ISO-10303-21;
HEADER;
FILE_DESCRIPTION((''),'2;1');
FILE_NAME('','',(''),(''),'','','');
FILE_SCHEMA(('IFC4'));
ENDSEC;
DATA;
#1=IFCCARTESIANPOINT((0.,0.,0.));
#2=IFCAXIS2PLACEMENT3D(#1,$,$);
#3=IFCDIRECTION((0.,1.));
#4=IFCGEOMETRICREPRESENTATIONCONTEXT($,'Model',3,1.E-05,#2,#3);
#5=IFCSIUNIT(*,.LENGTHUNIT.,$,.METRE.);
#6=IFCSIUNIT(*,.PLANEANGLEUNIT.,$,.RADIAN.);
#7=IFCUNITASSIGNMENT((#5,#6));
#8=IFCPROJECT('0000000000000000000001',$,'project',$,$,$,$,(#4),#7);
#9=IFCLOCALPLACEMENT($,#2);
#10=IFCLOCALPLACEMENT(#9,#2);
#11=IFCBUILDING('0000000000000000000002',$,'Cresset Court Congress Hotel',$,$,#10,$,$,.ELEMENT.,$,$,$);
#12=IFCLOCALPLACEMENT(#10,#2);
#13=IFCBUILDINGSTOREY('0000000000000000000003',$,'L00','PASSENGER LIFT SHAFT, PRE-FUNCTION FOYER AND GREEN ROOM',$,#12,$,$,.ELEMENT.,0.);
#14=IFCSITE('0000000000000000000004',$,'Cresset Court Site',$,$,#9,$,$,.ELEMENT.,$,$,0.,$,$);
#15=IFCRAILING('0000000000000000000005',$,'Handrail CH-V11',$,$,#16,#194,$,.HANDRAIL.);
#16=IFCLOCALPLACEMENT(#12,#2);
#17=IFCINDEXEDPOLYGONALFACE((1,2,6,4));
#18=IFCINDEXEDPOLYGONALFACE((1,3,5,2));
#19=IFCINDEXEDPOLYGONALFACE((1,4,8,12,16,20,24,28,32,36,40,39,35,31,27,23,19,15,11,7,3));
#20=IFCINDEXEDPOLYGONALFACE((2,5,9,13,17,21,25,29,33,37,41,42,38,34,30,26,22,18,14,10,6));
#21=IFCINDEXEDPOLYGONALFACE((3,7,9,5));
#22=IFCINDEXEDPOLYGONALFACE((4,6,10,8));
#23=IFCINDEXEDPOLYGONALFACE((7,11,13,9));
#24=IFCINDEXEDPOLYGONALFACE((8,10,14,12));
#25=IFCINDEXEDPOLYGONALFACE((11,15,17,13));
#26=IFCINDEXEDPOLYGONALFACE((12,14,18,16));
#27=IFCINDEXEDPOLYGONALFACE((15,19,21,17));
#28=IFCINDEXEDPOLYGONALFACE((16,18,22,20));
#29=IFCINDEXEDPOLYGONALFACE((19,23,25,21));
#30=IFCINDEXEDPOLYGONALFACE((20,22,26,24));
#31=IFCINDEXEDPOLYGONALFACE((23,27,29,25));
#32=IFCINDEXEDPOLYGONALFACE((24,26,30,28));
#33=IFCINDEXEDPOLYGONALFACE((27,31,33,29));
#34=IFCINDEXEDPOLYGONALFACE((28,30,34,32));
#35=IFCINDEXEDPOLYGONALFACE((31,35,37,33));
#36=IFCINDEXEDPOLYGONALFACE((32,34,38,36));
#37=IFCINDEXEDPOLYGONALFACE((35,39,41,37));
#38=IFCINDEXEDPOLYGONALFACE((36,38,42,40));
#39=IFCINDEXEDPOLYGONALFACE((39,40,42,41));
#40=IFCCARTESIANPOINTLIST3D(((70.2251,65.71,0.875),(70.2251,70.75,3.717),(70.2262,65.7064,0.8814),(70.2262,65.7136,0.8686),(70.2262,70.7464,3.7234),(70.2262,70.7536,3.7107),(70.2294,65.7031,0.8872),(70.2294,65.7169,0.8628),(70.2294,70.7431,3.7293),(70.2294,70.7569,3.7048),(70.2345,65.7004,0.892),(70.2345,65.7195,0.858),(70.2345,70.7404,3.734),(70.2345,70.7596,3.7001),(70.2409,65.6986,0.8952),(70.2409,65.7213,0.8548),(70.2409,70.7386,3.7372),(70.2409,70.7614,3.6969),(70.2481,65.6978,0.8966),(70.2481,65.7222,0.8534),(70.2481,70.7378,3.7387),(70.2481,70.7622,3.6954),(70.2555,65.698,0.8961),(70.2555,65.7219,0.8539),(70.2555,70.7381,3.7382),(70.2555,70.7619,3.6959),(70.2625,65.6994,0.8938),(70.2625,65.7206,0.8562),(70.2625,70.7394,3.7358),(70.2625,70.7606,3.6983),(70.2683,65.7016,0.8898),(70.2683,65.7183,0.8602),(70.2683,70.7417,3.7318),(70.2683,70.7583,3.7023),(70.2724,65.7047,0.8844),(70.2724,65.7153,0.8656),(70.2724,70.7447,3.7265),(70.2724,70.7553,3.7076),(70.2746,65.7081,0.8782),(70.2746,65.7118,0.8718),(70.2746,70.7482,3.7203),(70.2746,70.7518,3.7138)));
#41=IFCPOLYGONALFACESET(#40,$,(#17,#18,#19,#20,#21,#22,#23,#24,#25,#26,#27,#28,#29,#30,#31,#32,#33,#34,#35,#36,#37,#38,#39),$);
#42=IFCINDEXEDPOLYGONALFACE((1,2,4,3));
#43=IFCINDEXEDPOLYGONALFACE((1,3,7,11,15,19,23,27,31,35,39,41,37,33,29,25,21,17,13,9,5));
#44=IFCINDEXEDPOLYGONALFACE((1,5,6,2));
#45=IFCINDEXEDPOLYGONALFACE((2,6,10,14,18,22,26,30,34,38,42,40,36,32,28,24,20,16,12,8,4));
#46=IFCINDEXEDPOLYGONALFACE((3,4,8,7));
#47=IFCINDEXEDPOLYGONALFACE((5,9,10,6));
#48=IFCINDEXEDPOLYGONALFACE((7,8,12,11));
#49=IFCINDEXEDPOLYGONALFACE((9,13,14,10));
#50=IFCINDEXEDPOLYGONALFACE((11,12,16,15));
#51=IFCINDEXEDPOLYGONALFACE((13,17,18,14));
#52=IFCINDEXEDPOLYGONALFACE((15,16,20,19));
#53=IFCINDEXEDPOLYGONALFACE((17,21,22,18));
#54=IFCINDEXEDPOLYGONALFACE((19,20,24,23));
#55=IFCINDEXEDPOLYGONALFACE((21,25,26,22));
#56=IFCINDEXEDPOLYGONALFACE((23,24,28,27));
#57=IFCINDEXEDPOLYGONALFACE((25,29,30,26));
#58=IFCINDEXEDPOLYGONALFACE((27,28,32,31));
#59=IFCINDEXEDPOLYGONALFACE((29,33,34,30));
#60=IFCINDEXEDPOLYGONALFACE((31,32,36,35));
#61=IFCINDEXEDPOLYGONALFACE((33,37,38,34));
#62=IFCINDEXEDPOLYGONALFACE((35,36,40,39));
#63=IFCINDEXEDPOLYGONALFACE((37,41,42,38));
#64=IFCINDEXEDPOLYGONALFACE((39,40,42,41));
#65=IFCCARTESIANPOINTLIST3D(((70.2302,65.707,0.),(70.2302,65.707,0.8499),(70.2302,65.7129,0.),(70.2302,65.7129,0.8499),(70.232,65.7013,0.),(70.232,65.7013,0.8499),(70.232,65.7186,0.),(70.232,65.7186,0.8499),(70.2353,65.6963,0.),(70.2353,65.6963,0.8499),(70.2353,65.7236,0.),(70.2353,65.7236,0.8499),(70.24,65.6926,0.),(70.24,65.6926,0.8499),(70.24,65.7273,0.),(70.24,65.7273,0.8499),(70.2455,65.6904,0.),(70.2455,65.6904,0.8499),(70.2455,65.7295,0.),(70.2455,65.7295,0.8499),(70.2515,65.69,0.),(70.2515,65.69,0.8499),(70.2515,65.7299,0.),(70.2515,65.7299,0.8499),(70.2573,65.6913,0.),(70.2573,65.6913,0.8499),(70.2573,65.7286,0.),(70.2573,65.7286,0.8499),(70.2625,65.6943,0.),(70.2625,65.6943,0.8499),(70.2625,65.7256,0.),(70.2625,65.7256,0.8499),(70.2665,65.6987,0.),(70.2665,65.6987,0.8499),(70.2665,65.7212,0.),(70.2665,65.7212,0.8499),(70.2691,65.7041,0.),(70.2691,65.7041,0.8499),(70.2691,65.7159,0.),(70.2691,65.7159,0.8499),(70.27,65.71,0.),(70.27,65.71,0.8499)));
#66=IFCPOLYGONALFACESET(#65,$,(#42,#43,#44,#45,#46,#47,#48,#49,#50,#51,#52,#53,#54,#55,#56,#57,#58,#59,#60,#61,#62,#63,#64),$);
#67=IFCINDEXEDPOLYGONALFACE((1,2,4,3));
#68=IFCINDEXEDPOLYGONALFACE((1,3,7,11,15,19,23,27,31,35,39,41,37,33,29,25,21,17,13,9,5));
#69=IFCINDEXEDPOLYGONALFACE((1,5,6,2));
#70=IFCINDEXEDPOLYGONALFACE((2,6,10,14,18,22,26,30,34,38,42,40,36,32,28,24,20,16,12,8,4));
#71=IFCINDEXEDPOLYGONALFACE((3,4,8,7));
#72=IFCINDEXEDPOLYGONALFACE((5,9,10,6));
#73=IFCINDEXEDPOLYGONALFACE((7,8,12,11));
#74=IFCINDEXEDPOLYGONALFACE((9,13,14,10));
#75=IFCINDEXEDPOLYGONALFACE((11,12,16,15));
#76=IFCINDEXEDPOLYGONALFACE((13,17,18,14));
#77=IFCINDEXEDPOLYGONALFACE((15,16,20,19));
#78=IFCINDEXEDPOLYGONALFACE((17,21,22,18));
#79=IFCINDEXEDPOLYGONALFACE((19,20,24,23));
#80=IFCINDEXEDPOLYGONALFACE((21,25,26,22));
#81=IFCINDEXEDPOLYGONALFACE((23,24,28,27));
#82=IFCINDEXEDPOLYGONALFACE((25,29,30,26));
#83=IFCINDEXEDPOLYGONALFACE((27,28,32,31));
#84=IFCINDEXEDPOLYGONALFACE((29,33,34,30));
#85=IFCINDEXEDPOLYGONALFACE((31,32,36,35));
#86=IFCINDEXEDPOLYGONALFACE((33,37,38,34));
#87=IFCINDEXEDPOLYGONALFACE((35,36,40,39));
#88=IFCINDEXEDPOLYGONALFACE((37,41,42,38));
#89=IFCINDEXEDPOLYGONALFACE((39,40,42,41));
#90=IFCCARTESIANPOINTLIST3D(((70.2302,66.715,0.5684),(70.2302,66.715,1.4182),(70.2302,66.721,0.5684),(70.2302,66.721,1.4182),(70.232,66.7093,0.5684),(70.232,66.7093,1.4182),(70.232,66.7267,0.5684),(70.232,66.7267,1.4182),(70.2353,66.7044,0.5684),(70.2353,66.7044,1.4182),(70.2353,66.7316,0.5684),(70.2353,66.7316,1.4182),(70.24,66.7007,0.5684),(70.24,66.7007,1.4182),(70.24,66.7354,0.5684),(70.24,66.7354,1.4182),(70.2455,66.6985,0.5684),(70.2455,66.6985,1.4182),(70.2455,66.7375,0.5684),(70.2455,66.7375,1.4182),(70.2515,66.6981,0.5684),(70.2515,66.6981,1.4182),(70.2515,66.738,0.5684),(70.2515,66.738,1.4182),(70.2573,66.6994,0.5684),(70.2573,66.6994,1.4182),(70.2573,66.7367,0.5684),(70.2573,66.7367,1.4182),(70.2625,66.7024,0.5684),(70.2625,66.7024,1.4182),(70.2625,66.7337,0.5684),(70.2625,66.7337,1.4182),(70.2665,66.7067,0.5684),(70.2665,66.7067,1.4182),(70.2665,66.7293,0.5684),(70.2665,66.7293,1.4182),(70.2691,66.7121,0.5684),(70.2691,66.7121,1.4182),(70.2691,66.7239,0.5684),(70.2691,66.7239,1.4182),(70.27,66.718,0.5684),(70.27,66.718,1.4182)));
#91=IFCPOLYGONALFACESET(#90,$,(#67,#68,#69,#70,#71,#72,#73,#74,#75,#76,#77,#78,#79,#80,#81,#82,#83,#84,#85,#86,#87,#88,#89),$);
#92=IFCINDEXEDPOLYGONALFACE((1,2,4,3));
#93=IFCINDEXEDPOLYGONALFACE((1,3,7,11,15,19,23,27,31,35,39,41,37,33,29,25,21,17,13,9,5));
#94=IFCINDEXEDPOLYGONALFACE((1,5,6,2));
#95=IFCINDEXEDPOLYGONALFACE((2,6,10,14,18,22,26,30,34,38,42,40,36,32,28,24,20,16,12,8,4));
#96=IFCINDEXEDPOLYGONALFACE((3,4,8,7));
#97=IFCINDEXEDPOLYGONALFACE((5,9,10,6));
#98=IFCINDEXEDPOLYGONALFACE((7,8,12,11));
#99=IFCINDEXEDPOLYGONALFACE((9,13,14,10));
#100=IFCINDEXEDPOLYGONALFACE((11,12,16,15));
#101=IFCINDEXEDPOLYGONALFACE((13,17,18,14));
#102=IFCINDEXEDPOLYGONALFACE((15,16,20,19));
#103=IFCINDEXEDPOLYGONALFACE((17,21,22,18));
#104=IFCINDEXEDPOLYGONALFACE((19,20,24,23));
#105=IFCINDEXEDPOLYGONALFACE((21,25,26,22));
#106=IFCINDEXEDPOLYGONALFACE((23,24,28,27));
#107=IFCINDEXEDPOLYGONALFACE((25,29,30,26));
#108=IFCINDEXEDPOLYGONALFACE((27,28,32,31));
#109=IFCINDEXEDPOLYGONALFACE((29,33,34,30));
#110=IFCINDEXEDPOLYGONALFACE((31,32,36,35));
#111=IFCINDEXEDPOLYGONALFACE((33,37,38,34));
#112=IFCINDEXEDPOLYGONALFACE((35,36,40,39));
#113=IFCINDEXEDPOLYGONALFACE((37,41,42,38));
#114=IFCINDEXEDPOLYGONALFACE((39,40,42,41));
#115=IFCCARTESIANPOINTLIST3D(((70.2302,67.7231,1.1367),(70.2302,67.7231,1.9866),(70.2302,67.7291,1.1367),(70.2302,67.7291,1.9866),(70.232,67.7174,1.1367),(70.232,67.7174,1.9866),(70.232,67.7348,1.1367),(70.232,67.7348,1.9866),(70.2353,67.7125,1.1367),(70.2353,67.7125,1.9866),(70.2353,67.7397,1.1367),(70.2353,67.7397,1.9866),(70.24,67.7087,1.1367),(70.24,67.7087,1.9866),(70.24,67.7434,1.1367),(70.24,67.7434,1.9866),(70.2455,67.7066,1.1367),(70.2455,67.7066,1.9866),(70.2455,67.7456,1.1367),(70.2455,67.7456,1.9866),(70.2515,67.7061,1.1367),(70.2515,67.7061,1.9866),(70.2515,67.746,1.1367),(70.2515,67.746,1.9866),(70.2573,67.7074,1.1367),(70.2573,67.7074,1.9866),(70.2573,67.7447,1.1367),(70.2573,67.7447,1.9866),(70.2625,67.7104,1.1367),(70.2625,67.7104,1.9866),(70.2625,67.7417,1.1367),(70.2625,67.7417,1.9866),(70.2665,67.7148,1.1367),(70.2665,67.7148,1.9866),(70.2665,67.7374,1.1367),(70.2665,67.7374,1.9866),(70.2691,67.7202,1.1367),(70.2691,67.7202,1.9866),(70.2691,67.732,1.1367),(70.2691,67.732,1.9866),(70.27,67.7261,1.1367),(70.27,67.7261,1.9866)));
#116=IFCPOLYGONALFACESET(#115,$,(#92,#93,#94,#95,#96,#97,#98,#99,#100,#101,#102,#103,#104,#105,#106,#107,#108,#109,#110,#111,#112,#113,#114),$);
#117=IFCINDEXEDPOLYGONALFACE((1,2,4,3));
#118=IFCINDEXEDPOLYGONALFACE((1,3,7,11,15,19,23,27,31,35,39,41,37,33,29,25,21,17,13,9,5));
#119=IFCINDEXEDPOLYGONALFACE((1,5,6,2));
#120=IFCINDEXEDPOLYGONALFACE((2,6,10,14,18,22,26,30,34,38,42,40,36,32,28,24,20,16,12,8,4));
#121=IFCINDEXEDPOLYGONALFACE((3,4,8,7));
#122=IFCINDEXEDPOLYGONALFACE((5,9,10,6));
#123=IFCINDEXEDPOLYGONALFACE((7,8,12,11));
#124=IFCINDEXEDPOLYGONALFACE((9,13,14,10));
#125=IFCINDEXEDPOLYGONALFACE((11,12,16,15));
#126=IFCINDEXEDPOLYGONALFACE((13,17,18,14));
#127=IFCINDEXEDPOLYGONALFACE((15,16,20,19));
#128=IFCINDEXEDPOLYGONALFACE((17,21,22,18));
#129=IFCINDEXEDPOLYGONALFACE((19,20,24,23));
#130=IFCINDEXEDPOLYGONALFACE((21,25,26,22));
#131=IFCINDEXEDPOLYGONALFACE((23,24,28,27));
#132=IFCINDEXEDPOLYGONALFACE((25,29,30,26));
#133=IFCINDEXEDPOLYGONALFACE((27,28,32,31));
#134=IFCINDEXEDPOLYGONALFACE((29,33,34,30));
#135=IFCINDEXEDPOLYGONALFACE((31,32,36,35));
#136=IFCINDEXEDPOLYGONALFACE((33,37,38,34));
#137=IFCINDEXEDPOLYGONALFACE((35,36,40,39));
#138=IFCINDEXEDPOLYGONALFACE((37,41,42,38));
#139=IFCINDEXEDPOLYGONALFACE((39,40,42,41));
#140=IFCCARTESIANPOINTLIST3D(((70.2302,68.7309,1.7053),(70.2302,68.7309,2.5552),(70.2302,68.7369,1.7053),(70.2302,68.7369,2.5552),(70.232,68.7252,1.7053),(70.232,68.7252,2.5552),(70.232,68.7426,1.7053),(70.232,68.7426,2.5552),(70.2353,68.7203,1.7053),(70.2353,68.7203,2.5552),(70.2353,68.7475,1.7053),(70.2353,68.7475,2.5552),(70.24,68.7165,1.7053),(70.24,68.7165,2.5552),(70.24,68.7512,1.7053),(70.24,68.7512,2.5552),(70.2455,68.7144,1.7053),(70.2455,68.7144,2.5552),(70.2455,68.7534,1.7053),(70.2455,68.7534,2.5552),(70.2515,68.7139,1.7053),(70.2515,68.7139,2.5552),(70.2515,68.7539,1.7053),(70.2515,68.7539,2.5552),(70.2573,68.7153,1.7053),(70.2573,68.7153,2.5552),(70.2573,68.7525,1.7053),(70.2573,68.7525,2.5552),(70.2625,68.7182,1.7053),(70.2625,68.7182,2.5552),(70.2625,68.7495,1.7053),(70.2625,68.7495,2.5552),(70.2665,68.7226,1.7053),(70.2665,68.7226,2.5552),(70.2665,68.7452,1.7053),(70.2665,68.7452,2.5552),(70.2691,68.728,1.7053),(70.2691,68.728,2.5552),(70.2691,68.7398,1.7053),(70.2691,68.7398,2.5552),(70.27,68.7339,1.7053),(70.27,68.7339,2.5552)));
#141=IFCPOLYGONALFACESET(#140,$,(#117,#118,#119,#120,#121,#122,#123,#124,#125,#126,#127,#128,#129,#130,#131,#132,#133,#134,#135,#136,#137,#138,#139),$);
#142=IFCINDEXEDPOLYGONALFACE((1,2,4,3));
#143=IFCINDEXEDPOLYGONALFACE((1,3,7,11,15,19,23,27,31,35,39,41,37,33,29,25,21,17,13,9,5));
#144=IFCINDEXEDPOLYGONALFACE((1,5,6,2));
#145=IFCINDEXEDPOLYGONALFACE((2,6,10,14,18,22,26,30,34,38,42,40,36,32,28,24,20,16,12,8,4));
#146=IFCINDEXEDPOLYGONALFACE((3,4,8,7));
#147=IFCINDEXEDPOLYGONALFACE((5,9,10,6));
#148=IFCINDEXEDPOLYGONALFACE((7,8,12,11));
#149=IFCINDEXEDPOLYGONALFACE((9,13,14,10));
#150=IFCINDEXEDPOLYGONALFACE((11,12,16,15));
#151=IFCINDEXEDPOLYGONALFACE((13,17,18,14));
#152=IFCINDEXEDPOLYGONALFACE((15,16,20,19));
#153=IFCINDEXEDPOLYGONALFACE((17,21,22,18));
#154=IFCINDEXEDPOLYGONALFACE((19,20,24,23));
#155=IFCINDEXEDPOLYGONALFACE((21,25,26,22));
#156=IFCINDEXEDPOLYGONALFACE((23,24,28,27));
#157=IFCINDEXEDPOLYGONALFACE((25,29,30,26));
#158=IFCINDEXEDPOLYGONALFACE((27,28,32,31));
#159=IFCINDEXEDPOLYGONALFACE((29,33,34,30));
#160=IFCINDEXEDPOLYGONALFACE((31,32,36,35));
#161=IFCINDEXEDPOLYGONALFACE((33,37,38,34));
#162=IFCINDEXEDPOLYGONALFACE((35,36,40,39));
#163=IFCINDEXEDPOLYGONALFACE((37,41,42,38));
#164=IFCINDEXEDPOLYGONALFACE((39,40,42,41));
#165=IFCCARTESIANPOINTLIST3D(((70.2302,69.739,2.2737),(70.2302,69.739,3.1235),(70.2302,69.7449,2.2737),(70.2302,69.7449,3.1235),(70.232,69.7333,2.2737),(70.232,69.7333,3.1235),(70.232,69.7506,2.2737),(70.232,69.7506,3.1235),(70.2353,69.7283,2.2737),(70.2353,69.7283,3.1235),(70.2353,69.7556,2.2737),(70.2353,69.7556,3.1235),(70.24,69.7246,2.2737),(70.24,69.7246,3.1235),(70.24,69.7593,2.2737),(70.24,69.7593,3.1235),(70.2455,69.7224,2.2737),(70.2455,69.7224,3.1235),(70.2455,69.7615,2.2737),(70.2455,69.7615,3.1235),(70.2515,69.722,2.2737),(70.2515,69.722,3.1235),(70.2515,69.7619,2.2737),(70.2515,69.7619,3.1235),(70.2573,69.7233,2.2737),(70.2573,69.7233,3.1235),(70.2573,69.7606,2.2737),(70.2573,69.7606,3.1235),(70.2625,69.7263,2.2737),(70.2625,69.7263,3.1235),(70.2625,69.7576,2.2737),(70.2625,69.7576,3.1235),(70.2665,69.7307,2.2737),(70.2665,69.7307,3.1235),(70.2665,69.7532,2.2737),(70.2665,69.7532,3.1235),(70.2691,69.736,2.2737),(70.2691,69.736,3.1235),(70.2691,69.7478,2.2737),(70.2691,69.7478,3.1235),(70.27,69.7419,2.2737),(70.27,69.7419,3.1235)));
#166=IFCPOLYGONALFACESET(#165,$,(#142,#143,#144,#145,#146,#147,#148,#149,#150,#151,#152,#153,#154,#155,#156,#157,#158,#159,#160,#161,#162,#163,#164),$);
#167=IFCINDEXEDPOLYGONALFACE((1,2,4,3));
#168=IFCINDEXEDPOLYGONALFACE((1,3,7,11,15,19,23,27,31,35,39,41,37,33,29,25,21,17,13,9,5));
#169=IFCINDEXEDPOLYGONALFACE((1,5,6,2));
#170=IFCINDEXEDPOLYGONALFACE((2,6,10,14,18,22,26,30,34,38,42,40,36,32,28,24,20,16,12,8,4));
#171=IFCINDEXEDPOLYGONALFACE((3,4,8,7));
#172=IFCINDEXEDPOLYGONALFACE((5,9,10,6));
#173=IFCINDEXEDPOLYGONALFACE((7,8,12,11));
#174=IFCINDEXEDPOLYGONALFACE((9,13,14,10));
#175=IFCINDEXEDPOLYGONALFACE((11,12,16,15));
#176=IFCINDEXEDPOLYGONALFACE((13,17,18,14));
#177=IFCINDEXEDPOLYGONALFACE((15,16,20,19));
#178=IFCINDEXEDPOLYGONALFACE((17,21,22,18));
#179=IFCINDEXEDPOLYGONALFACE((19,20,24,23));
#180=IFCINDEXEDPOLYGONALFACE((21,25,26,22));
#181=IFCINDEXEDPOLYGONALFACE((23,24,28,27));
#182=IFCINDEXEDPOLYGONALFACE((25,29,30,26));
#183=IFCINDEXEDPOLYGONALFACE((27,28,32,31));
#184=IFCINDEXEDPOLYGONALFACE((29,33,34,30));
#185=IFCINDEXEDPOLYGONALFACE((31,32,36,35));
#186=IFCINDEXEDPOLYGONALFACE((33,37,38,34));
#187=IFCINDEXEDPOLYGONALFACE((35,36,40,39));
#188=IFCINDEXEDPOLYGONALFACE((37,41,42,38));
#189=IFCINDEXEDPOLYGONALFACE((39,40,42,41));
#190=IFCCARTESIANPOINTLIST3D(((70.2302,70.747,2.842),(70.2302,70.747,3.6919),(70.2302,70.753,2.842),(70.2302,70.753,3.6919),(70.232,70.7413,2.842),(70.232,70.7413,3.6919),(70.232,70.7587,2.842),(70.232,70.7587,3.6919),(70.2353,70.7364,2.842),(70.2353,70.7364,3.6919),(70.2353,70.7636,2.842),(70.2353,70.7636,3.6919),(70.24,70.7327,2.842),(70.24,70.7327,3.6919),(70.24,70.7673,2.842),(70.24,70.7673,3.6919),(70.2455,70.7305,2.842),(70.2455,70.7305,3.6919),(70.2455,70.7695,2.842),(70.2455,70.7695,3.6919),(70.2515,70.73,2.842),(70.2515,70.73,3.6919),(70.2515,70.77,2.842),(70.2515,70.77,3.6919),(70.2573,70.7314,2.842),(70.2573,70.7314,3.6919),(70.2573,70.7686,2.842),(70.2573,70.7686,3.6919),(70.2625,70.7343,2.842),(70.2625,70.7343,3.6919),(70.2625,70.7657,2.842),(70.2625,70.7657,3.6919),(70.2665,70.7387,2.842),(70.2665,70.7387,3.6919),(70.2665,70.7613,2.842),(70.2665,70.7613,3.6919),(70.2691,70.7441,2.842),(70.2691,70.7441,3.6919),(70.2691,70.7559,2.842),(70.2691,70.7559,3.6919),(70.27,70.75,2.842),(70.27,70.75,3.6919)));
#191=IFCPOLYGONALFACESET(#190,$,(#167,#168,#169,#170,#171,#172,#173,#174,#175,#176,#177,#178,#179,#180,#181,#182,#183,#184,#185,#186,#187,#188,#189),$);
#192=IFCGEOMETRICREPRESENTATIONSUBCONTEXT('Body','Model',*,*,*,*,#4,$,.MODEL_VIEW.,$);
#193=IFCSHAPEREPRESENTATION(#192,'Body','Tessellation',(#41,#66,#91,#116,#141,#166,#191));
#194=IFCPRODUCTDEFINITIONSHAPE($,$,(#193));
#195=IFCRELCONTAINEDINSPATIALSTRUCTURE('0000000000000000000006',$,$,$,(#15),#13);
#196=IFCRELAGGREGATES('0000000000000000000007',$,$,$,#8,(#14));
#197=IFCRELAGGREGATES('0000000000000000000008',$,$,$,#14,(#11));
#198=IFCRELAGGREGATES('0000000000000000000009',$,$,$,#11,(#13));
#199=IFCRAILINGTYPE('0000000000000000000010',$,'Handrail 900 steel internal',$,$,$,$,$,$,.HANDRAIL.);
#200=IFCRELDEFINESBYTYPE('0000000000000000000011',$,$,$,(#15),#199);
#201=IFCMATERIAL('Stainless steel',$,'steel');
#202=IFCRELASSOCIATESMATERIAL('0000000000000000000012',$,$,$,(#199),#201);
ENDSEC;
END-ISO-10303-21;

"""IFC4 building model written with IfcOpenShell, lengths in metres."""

from ifc_helpers import new_model, si_unit, direction, frame, origin, origin_2d, place, context, subcontext, project, spatial, circle, extrude, material, type_object, element, save


model = new_model("IFC4")

# Units and contexts
model_context = context("Model", 3, precision=1e-05, world=origin(), true_north=direction((0.0, 1.0)))
body_context = subcontext(model_context, "Body", "Model", "MODEL_VIEW")
ifc_project = project(units=[si_unit("LENGTHUNIT", "METRE"), si_unit("PLANEANGLEUNIT", "RADIAN")], contexts=[model_context])

# Site, building, storey
site_placement = place(None, origin())
site = spatial("IfcSite", under=ifc_project, at=site_placement, Name="Cresset Court Site", CompositionType="ELEMENT", RefElevation=0.0)
building_placement = place(site_placement, origin())
building = spatial("IfcBuilding", under=site, at=building_placement, Name="Cresset Court Congress Hotel", CompositionType="ELEMENT")
storey_placement = place(building_placement, origin())
storey = spatial("IfcBuildingStorey", under=building, at=storey_placement, Name="L00", Description="PASSENGER LIFT SHAFT, PRE-FUNCTION FOYER AND GREEN ROOM", CompositionType="ELEMENT", Elevation=0.0)

# Railing
ifc_material_1 = material(Name="Stainless steel", Category="steel")
railing_type_1 = type_object("IfcRailingType", Name="Handrail 900 steel internal", PredefinedType="HANDRAIL", material=ifc_material_1)
for number, where, name in (
    (1, (70.25, 65.71, 0.0), "Handrail CH-V11"),
):
    element("IfcRailing", number, at=place(storey_placement, frame(where)), inside=storey, type_object=railing_type_1, Name=name, PredefinedType="HANDRAIL", context=body_context, shape_type="SweptSolid", body=[
        extrude(circle(Radius=0.0249, at=origin_2d()), frame((0.0, 0.0, 0.875), z_axis=(0.0, 0.871057, 0.491182), x_axis=(-1.0, 0.0, 0.0)), (0.0, 0.0, 1.0), 5.7861),
        extrude(circle(Radius=0.02, at=origin_2d()), origin(), (0.0, 0.0, 1.0), 0.8499),
        extrude(circle(Radius=0.02, at=origin_2d()), frame((0.0, 1.0081, 0.5684)), (0.0, 0.0, 1.0), 0.8499),
        extrude(circle(Radius=0.02, at=origin_2d()), frame((0.0, 2.0161, 1.1367)), (0.0, 0.0, 1.0), 0.8499),
        extrude(circle(Radius=0.02, at=origin_2d()), frame((0.0, 3.0239, 1.7053)), (0.0, 0.0, 1.0), 0.8499),
        extrude(circle(Radius=0.02, at=origin_2d()), frame((0.0, 4.032, 2.2737)), (0.0, 0.0, 1.0), 0.8499),
        extrude(circle(Radius=0.02, at=origin_2d()), frame((0.0, 5.04, 2.842)), (0.0, 0.0, 1.0), 0.8499),
    ])

save(model, "model.ifc")
